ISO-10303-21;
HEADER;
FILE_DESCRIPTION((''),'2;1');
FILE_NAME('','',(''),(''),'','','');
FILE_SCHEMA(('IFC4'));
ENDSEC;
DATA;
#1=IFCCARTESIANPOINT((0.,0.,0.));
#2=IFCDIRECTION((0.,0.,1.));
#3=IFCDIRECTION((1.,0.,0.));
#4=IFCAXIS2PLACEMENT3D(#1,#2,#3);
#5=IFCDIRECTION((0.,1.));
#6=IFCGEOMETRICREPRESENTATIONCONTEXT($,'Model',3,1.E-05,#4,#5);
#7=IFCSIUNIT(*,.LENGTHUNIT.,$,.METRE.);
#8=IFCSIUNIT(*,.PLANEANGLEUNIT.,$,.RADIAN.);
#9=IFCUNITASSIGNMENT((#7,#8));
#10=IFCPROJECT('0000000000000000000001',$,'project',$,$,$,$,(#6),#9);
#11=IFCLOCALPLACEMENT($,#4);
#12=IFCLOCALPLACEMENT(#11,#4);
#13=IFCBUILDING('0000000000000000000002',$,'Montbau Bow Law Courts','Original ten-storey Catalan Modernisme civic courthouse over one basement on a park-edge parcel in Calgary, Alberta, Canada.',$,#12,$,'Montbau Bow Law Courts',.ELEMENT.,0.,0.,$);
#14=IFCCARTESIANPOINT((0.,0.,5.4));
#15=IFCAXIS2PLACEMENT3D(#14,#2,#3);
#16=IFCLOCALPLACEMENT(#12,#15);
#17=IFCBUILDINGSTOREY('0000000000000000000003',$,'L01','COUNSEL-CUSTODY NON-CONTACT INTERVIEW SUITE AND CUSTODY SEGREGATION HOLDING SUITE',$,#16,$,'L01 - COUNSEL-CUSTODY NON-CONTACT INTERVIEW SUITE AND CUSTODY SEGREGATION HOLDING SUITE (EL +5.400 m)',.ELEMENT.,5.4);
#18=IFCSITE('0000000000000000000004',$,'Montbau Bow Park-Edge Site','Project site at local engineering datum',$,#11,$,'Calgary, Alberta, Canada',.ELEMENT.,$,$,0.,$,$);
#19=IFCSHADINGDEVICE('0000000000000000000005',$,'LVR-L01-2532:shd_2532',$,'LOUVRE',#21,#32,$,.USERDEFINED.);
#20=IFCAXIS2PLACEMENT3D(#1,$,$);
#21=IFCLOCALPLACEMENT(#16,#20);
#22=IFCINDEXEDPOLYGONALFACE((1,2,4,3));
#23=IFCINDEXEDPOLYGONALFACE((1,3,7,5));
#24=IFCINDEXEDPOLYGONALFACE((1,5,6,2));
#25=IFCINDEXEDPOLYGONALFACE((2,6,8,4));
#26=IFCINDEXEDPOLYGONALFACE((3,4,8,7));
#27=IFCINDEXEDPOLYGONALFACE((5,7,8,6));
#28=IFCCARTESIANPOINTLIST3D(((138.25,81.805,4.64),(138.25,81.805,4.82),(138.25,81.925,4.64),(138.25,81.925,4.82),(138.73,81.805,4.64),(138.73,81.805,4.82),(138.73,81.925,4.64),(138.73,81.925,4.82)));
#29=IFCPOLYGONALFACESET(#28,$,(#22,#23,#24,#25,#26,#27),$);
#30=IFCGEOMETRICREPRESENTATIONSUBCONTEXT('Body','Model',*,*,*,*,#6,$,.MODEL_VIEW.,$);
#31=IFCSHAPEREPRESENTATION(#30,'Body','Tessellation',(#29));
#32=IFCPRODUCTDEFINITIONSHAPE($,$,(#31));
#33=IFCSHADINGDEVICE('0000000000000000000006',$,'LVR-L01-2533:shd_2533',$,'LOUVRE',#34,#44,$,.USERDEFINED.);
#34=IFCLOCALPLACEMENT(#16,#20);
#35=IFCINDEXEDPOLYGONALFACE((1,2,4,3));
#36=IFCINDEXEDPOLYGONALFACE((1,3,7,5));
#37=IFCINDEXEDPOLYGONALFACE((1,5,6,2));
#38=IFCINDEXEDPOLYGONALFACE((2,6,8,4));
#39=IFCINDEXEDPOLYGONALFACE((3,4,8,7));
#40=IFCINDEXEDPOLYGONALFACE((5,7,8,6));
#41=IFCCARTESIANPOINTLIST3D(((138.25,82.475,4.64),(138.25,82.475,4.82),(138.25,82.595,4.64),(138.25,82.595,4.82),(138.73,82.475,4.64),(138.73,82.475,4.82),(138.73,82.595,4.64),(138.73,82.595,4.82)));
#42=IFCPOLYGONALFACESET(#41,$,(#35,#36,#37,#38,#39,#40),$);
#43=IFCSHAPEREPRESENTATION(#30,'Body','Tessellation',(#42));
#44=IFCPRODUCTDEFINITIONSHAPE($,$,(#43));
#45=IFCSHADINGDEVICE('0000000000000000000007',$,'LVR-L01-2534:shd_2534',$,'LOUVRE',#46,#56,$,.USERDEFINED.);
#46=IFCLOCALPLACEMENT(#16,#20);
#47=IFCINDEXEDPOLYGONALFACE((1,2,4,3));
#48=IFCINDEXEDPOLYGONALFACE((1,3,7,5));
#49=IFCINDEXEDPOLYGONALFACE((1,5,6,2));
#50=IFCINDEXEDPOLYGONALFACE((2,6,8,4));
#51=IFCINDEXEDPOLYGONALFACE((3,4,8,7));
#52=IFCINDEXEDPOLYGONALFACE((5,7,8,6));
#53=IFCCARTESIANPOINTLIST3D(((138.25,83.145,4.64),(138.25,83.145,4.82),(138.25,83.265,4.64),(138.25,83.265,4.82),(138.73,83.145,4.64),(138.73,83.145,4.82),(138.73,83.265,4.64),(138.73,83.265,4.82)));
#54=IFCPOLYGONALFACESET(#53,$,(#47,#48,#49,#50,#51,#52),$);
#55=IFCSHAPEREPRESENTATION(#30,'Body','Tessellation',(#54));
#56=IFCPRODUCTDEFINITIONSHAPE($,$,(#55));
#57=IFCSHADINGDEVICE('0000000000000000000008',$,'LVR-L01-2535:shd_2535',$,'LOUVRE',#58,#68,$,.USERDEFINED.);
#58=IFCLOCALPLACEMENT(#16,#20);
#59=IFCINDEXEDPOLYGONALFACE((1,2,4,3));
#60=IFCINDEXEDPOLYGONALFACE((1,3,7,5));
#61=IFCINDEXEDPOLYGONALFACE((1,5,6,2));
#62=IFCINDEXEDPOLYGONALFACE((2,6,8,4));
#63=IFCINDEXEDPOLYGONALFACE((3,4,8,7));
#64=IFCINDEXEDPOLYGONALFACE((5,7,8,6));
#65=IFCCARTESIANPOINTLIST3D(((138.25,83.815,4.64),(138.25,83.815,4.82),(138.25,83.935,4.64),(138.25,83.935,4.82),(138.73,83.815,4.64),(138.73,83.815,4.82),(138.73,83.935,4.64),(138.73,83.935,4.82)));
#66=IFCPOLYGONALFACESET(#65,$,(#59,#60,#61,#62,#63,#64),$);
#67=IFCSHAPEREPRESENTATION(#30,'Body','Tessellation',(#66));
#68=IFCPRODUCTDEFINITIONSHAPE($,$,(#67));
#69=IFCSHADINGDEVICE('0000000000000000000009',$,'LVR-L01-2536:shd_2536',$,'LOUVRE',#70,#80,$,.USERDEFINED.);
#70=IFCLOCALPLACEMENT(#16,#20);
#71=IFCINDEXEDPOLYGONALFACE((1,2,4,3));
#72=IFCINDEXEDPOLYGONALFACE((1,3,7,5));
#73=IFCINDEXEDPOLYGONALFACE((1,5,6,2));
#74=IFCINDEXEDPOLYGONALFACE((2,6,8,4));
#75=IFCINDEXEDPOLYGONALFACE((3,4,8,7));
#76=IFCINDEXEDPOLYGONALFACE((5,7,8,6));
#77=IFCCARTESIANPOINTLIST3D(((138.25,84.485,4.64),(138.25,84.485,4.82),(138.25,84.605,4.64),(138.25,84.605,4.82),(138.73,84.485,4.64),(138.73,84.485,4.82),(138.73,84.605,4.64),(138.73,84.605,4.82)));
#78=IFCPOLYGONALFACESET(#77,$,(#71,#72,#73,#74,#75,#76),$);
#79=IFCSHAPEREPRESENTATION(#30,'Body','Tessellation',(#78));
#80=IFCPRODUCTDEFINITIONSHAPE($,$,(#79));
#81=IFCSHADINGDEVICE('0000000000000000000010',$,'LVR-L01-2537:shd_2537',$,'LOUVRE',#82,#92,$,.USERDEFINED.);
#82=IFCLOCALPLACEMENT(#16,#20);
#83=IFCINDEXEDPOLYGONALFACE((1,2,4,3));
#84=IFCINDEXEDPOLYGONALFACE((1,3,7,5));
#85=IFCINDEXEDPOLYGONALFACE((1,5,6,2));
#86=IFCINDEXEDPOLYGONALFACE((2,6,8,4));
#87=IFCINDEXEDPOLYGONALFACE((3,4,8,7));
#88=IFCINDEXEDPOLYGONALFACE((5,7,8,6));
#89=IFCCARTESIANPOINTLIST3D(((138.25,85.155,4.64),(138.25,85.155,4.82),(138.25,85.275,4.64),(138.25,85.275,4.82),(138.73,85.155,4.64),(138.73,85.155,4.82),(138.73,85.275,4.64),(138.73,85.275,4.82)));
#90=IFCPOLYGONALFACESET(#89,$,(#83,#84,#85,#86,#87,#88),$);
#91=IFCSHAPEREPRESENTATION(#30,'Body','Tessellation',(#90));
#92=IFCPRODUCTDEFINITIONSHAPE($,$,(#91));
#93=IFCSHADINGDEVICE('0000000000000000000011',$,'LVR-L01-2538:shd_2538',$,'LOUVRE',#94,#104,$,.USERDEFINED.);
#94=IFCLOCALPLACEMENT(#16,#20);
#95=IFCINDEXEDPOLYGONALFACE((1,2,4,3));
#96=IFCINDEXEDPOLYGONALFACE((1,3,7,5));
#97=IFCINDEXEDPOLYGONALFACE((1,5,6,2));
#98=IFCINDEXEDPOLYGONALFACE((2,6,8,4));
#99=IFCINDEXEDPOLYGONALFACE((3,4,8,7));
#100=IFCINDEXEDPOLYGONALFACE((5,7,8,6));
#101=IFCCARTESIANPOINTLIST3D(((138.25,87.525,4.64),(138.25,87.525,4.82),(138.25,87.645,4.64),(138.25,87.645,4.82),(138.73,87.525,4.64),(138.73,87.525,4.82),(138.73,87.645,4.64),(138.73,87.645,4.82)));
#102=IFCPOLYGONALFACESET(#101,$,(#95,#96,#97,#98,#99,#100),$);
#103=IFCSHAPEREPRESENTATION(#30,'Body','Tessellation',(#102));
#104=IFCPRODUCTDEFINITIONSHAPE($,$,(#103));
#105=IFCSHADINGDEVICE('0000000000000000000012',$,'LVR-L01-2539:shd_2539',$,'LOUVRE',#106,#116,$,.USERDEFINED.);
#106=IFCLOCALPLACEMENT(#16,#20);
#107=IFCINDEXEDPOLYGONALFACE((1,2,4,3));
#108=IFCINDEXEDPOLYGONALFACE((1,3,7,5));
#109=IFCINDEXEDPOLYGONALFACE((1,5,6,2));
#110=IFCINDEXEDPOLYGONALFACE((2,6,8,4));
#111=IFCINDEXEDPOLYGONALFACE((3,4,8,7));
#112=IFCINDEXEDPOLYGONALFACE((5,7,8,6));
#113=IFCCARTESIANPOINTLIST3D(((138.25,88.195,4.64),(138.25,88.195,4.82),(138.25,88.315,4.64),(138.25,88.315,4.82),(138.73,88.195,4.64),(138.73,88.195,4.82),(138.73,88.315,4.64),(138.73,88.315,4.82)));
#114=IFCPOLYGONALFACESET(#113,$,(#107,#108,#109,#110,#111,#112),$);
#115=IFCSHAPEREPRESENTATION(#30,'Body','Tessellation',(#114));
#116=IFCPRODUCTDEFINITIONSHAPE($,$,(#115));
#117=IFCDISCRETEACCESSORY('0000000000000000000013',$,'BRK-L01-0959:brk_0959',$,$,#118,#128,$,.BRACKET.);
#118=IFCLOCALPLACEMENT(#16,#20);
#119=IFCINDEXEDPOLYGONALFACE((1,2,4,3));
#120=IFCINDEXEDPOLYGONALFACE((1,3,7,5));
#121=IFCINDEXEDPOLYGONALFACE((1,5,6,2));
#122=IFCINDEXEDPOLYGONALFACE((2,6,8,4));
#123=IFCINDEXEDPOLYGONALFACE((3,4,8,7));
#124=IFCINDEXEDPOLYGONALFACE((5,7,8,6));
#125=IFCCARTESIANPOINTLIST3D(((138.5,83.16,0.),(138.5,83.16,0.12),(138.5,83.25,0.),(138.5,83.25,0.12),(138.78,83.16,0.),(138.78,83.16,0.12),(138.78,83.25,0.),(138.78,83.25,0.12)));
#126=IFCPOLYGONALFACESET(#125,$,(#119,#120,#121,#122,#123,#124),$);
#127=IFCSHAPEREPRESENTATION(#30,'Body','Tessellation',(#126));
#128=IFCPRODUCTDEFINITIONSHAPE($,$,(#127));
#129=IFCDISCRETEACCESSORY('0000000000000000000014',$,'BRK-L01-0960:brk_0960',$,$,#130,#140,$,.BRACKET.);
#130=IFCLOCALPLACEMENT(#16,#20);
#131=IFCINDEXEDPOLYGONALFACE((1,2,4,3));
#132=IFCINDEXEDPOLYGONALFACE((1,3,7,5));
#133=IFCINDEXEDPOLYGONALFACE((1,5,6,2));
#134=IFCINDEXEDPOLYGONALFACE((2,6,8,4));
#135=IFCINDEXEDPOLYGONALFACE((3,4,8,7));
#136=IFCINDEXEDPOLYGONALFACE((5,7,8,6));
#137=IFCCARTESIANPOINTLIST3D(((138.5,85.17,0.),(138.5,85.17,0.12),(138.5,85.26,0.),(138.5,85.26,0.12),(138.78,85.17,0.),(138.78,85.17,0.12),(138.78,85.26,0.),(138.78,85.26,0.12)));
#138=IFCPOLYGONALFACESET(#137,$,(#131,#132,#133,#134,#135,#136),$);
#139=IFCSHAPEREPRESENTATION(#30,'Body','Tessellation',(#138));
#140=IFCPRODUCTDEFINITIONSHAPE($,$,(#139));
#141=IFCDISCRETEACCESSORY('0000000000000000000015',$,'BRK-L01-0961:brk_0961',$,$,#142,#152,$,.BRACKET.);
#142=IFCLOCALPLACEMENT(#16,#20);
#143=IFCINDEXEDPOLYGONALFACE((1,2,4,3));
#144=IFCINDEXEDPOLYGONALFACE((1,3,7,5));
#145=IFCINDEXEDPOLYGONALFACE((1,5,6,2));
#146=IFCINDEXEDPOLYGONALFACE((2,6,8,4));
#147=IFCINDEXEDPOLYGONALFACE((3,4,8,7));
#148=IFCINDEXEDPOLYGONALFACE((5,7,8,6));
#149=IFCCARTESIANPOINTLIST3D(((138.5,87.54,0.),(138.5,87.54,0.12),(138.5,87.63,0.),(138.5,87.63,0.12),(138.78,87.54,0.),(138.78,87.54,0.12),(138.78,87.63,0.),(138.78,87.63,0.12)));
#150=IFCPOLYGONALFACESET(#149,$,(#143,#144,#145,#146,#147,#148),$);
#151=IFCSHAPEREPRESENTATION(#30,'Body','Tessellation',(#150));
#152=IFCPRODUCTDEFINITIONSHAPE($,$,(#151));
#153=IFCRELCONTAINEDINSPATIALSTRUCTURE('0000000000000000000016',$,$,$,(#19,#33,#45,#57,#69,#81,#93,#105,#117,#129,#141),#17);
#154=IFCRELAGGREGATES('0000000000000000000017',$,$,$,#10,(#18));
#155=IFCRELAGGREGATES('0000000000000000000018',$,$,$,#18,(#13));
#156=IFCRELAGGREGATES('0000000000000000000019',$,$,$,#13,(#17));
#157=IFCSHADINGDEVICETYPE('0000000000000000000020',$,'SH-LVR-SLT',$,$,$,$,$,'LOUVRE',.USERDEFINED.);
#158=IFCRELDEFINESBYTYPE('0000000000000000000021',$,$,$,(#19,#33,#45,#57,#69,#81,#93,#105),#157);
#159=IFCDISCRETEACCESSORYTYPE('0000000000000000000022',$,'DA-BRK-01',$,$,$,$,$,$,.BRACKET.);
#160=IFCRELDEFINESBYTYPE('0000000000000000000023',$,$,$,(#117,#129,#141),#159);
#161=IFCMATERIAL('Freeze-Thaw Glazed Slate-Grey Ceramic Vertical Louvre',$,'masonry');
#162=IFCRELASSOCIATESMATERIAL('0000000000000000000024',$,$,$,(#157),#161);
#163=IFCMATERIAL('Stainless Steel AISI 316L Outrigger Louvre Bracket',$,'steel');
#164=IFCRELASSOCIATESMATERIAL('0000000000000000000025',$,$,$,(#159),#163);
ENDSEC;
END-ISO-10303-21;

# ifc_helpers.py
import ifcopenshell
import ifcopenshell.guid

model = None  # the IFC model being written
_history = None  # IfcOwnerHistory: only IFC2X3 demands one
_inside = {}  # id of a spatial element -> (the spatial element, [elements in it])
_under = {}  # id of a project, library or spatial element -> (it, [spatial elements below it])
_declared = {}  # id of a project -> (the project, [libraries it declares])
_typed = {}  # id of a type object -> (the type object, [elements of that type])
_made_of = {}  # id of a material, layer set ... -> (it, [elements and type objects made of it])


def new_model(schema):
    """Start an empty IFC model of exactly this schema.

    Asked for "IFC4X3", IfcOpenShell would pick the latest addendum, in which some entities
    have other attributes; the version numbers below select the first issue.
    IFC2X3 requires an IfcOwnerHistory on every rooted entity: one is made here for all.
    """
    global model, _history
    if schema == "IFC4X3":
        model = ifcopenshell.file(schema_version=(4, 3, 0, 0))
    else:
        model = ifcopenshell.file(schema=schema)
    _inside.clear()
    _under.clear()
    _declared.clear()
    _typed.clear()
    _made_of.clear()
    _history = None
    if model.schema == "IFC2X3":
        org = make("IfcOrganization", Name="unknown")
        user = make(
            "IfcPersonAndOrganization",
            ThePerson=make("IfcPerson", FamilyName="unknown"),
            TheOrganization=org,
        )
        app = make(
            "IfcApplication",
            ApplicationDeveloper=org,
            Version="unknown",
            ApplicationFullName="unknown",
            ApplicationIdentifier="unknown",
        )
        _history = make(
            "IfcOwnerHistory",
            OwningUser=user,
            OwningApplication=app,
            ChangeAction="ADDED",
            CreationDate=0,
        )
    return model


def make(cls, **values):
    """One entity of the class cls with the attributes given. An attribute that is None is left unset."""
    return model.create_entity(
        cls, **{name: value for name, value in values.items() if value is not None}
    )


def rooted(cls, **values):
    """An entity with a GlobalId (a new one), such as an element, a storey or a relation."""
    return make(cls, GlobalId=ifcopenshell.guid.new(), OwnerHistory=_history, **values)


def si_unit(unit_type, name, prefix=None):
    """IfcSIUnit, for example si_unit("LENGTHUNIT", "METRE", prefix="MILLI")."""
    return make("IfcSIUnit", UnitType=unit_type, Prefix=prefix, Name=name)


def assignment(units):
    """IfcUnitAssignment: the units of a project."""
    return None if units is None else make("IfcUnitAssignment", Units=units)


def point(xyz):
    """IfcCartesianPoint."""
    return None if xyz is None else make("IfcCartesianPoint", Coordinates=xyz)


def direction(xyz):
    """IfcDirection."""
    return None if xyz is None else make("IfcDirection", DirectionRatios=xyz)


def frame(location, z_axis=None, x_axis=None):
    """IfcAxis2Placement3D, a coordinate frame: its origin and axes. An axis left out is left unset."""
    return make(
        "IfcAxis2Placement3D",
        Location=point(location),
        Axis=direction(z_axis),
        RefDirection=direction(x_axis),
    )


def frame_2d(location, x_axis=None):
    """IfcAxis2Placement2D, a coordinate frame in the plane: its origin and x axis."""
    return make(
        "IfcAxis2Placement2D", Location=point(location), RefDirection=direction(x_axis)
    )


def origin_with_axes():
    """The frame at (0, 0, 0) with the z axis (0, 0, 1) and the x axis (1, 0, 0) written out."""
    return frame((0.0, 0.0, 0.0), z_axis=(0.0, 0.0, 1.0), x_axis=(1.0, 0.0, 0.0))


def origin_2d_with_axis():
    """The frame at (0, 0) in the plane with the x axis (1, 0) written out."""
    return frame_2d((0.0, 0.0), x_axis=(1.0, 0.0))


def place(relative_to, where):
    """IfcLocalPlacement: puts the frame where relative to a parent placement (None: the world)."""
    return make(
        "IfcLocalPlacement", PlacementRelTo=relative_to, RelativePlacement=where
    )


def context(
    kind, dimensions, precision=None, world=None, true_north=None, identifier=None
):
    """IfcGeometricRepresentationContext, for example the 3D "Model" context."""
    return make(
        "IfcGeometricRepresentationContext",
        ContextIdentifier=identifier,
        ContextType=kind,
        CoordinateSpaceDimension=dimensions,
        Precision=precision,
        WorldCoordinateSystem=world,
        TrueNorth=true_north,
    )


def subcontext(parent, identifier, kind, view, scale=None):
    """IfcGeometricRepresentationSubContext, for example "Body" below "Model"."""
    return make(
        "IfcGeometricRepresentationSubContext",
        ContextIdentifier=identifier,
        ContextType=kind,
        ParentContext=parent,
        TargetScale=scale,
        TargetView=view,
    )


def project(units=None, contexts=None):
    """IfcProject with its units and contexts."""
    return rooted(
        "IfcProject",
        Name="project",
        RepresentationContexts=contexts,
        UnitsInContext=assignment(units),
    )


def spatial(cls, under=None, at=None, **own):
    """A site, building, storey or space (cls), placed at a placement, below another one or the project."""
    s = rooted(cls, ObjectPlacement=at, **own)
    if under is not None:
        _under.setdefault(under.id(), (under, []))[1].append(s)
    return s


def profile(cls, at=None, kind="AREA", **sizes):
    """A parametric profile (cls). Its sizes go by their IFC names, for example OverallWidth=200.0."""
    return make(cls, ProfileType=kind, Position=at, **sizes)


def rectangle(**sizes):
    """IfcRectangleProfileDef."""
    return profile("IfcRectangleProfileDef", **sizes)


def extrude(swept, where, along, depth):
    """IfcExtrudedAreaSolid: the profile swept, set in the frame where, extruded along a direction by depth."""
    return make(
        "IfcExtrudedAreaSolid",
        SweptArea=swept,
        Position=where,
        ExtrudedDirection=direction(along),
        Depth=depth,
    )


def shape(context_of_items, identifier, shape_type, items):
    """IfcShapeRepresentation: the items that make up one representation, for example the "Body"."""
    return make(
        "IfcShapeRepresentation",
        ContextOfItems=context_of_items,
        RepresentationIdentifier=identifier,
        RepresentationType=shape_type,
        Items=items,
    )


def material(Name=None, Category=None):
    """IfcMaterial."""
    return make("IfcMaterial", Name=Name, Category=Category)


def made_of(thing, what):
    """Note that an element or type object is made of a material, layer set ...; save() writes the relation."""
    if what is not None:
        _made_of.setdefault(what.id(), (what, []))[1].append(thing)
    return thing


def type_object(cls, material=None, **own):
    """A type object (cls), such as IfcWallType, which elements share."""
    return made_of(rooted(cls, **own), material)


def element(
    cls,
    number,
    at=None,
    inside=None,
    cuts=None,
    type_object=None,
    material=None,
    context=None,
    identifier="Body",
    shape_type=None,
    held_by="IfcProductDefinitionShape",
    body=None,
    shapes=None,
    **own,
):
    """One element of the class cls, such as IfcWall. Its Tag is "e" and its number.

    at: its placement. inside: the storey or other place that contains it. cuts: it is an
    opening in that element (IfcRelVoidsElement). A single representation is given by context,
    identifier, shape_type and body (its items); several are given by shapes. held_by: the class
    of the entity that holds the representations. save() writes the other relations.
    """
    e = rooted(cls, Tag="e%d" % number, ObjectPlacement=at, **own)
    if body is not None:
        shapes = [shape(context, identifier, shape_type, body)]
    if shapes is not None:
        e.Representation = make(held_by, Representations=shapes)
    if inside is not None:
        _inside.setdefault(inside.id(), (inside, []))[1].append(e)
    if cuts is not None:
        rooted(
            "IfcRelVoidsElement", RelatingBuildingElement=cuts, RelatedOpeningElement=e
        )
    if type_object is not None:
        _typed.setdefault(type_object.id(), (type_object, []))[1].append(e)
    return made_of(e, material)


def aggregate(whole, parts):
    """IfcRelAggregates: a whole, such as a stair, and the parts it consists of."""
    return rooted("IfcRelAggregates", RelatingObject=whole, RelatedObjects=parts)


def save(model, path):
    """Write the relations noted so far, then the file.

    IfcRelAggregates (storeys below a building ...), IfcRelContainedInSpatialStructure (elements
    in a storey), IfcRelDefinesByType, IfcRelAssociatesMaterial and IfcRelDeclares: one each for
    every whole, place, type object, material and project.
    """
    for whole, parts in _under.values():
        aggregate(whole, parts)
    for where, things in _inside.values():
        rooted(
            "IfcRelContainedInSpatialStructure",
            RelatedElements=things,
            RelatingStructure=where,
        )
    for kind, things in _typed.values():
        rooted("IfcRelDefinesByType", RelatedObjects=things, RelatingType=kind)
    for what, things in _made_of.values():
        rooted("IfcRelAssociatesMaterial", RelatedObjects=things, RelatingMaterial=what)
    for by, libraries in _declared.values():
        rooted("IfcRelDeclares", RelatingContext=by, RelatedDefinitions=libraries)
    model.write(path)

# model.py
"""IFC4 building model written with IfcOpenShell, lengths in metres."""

from ifc_helpers import new_model, si_unit, direction, frame, origin_with_axes, origin_2d_with_axis, place, context, subcontext, project, spatial, rectangle, extrude, material, type_object, element, save


model = new_model("IFC4")

# Units and contexts
model_context = context("Model", 3, precision=1e-05, world=origin_with_axes(), true_north=direction((0.0, 1.0)))
body_context = subcontext(model_context, "Body", "Model", "MODEL_VIEW")
ifc_project = project(units=[si_unit("LENGTHUNIT", "METRE"), si_unit("PLANEANGLEUNIT", "RADIAN")], contexts=[model_context])

# Site, building, storey
site_placement = place(None, origin_with_axes())
site = spatial("IfcSite", under=ifc_project, at=site_placement, Name="Montbau Bow Park-Edge Site", Description="Project site at local engineering datum", LongName="Calgary, Alberta, Canada", CompositionType="ELEMENT", RefElevation=0.0)
building_placement = place(site_placement, origin_with_axes())
building = spatial("IfcBuilding", under=site, at=building_placement, Name="Montbau Bow Law Courts", Description="Original ten-storey Catalan Modernisme civic courthouse over one basement on a park-edge parcel in Calgary, Alberta, Canada.", LongName="Montbau Bow Law Courts", CompositionType="ELEMENT", ElevationOfRefHeight=0.0, ElevationOfTerrain=0.0)
storey_placement = place(building_placement, frame((0.0, 0.0, 5.4), z_axis=(0.0, 0.0, 1.0), x_axis=(1.0, 0.0, 0.0)))
storey = spatial("IfcBuildingStorey", under=building, at=storey_placement, Name="L01", Description="COUNSEL-CUSTODY NON-CONTACT INTERVIEW SUITE AND CUSTODY SEGREGATION HOLDING SUITE", LongName="L01 - COUNSEL-CUSTODY NON-CONTACT INTERVIEW SUITE AND CUSTODY SEGREGATION HOLDING SUITE (EL +5.400 m)", CompositionType="ELEMENT", Elevation=5.4)

# Shared definitions
ifc_material_1 = material(Name="Freeze-Thaw Glazed Slate-Grey Ceramic Vertical Louvre", Category="masonry")

# Shading devices
shading_device_type = type_object("IfcShadingDeviceType", Name="SH-LVR-SLT", ElementType="LOUVRE", PredefinedType="USERDEFINED", material=ifc_material_1)
for number, where, z_axis, x_axis, name in (
    (1, (138.49, 81.865, 10.04), (0.0, 0.0, 1.0), (-1.0, 0.0, 0.0), "LVR-L01-2532:shd_2532"),
    (2, (138.49, 82.535, 10.04), (0.0, 0.0, 1.0), (-1.0, 0.0, 0.0), "LVR-L01-2533:shd_2533"),
    (3, (138.49, 83.205, 10.04), (0.0, 0.0, 1.0), (-1.0, 0.0, 0.0), "LVR-L01-2534:shd_2534"),
    (4, (138.49, 83.875, 10.04), (0.0, 0.0, 1.0), (-1.0, 0.0, 0.0), "LVR-L01-2535:shd_2535"),
    (5, (138.49, 84.545, 10.04), (0.0, 0.0, 1.0), (-1.0, 0.0, 0.0), "LVR-L01-2536:shd_2536"),
    (6, (138.49, 85.215, 10.04), (0.0, 0.0, 1.0), (-1.0, 0.0, 0.0), "LVR-L01-2537:shd_2537"),
    (7, (138.49, 87.585, 10.04), (0.0, 0.0, 1.0), (-1.0, 0.0, 0.0), "LVR-L01-2538:shd_2538"),
    (8, (138.49, 88.255, 10.04), (0.0, 0.0, 1.0), (-1.0, 0.0, 0.0), "LVR-L01-2539:shd_2539"),
):
    element("IfcShadingDevice", number, at=place(None, frame(where, z_axis=z_axis, x_axis=x_axis)), inside=storey, type_object=shading_device_type, Name=name, ObjectType="LOUVRE", PredefinedType="USERDEFINED", context=body_context, shape_type="SweptSolid", body=[
        extrude(rectangle(XDim=0.48, YDim=0.12, at=origin_2d_with_axis()), origin_with_axes(), (0.0, 0.0, 1.0), 0.18),
    ])

# Discrete accessories
ifc_material_2 = material(Name="Stainless Steel AISI 316L Outrigger Louvre Bracket", Category="steel")
discrete_accessory_type = type_object("IfcDiscreteAccessoryType", Name="DA-BRK-01", PredefinedType="BRACKET", material=ifc_material_2)
for number, where, z_axis, x_axis, name in (
    (9, (138.64, 83.205, 5.4), (0.0, 0.0, 1.0), (-1.0, 0.0, 0.0), "BRK-L01-0959:brk_0959"),
    (10, (138.64, 85.215, 5.4), (0.0, 0.0, 1.0), (-1.0, 0.0, 0.0), "BRK-L01-0960:brk_0960"),
    (11, (138.64, 87.585, 5.4), (0.0, 0.0, 1.0), (-1.0, 0.0, 0.0), "BRK-L01-0961:brk_0961"),
):
    element("IfcDiscreteAccessory", number, at=place(None, frame(where, z_axis=z_axis, x_axis=x_axis)), inside=storey, type_object=discrete_accessory_type, Name=name, PredefinedType="BRACKET", context=body_context, shape_type="SweptSolid", body=[
        extrude(rectangle(XDim=0.28, YDim=0.09, at=origin_2d_with_axis()), origin_with_axes(), (0.0, 0.0, 1.0), 0.12),
    ])

save(model, "model.ifc")
